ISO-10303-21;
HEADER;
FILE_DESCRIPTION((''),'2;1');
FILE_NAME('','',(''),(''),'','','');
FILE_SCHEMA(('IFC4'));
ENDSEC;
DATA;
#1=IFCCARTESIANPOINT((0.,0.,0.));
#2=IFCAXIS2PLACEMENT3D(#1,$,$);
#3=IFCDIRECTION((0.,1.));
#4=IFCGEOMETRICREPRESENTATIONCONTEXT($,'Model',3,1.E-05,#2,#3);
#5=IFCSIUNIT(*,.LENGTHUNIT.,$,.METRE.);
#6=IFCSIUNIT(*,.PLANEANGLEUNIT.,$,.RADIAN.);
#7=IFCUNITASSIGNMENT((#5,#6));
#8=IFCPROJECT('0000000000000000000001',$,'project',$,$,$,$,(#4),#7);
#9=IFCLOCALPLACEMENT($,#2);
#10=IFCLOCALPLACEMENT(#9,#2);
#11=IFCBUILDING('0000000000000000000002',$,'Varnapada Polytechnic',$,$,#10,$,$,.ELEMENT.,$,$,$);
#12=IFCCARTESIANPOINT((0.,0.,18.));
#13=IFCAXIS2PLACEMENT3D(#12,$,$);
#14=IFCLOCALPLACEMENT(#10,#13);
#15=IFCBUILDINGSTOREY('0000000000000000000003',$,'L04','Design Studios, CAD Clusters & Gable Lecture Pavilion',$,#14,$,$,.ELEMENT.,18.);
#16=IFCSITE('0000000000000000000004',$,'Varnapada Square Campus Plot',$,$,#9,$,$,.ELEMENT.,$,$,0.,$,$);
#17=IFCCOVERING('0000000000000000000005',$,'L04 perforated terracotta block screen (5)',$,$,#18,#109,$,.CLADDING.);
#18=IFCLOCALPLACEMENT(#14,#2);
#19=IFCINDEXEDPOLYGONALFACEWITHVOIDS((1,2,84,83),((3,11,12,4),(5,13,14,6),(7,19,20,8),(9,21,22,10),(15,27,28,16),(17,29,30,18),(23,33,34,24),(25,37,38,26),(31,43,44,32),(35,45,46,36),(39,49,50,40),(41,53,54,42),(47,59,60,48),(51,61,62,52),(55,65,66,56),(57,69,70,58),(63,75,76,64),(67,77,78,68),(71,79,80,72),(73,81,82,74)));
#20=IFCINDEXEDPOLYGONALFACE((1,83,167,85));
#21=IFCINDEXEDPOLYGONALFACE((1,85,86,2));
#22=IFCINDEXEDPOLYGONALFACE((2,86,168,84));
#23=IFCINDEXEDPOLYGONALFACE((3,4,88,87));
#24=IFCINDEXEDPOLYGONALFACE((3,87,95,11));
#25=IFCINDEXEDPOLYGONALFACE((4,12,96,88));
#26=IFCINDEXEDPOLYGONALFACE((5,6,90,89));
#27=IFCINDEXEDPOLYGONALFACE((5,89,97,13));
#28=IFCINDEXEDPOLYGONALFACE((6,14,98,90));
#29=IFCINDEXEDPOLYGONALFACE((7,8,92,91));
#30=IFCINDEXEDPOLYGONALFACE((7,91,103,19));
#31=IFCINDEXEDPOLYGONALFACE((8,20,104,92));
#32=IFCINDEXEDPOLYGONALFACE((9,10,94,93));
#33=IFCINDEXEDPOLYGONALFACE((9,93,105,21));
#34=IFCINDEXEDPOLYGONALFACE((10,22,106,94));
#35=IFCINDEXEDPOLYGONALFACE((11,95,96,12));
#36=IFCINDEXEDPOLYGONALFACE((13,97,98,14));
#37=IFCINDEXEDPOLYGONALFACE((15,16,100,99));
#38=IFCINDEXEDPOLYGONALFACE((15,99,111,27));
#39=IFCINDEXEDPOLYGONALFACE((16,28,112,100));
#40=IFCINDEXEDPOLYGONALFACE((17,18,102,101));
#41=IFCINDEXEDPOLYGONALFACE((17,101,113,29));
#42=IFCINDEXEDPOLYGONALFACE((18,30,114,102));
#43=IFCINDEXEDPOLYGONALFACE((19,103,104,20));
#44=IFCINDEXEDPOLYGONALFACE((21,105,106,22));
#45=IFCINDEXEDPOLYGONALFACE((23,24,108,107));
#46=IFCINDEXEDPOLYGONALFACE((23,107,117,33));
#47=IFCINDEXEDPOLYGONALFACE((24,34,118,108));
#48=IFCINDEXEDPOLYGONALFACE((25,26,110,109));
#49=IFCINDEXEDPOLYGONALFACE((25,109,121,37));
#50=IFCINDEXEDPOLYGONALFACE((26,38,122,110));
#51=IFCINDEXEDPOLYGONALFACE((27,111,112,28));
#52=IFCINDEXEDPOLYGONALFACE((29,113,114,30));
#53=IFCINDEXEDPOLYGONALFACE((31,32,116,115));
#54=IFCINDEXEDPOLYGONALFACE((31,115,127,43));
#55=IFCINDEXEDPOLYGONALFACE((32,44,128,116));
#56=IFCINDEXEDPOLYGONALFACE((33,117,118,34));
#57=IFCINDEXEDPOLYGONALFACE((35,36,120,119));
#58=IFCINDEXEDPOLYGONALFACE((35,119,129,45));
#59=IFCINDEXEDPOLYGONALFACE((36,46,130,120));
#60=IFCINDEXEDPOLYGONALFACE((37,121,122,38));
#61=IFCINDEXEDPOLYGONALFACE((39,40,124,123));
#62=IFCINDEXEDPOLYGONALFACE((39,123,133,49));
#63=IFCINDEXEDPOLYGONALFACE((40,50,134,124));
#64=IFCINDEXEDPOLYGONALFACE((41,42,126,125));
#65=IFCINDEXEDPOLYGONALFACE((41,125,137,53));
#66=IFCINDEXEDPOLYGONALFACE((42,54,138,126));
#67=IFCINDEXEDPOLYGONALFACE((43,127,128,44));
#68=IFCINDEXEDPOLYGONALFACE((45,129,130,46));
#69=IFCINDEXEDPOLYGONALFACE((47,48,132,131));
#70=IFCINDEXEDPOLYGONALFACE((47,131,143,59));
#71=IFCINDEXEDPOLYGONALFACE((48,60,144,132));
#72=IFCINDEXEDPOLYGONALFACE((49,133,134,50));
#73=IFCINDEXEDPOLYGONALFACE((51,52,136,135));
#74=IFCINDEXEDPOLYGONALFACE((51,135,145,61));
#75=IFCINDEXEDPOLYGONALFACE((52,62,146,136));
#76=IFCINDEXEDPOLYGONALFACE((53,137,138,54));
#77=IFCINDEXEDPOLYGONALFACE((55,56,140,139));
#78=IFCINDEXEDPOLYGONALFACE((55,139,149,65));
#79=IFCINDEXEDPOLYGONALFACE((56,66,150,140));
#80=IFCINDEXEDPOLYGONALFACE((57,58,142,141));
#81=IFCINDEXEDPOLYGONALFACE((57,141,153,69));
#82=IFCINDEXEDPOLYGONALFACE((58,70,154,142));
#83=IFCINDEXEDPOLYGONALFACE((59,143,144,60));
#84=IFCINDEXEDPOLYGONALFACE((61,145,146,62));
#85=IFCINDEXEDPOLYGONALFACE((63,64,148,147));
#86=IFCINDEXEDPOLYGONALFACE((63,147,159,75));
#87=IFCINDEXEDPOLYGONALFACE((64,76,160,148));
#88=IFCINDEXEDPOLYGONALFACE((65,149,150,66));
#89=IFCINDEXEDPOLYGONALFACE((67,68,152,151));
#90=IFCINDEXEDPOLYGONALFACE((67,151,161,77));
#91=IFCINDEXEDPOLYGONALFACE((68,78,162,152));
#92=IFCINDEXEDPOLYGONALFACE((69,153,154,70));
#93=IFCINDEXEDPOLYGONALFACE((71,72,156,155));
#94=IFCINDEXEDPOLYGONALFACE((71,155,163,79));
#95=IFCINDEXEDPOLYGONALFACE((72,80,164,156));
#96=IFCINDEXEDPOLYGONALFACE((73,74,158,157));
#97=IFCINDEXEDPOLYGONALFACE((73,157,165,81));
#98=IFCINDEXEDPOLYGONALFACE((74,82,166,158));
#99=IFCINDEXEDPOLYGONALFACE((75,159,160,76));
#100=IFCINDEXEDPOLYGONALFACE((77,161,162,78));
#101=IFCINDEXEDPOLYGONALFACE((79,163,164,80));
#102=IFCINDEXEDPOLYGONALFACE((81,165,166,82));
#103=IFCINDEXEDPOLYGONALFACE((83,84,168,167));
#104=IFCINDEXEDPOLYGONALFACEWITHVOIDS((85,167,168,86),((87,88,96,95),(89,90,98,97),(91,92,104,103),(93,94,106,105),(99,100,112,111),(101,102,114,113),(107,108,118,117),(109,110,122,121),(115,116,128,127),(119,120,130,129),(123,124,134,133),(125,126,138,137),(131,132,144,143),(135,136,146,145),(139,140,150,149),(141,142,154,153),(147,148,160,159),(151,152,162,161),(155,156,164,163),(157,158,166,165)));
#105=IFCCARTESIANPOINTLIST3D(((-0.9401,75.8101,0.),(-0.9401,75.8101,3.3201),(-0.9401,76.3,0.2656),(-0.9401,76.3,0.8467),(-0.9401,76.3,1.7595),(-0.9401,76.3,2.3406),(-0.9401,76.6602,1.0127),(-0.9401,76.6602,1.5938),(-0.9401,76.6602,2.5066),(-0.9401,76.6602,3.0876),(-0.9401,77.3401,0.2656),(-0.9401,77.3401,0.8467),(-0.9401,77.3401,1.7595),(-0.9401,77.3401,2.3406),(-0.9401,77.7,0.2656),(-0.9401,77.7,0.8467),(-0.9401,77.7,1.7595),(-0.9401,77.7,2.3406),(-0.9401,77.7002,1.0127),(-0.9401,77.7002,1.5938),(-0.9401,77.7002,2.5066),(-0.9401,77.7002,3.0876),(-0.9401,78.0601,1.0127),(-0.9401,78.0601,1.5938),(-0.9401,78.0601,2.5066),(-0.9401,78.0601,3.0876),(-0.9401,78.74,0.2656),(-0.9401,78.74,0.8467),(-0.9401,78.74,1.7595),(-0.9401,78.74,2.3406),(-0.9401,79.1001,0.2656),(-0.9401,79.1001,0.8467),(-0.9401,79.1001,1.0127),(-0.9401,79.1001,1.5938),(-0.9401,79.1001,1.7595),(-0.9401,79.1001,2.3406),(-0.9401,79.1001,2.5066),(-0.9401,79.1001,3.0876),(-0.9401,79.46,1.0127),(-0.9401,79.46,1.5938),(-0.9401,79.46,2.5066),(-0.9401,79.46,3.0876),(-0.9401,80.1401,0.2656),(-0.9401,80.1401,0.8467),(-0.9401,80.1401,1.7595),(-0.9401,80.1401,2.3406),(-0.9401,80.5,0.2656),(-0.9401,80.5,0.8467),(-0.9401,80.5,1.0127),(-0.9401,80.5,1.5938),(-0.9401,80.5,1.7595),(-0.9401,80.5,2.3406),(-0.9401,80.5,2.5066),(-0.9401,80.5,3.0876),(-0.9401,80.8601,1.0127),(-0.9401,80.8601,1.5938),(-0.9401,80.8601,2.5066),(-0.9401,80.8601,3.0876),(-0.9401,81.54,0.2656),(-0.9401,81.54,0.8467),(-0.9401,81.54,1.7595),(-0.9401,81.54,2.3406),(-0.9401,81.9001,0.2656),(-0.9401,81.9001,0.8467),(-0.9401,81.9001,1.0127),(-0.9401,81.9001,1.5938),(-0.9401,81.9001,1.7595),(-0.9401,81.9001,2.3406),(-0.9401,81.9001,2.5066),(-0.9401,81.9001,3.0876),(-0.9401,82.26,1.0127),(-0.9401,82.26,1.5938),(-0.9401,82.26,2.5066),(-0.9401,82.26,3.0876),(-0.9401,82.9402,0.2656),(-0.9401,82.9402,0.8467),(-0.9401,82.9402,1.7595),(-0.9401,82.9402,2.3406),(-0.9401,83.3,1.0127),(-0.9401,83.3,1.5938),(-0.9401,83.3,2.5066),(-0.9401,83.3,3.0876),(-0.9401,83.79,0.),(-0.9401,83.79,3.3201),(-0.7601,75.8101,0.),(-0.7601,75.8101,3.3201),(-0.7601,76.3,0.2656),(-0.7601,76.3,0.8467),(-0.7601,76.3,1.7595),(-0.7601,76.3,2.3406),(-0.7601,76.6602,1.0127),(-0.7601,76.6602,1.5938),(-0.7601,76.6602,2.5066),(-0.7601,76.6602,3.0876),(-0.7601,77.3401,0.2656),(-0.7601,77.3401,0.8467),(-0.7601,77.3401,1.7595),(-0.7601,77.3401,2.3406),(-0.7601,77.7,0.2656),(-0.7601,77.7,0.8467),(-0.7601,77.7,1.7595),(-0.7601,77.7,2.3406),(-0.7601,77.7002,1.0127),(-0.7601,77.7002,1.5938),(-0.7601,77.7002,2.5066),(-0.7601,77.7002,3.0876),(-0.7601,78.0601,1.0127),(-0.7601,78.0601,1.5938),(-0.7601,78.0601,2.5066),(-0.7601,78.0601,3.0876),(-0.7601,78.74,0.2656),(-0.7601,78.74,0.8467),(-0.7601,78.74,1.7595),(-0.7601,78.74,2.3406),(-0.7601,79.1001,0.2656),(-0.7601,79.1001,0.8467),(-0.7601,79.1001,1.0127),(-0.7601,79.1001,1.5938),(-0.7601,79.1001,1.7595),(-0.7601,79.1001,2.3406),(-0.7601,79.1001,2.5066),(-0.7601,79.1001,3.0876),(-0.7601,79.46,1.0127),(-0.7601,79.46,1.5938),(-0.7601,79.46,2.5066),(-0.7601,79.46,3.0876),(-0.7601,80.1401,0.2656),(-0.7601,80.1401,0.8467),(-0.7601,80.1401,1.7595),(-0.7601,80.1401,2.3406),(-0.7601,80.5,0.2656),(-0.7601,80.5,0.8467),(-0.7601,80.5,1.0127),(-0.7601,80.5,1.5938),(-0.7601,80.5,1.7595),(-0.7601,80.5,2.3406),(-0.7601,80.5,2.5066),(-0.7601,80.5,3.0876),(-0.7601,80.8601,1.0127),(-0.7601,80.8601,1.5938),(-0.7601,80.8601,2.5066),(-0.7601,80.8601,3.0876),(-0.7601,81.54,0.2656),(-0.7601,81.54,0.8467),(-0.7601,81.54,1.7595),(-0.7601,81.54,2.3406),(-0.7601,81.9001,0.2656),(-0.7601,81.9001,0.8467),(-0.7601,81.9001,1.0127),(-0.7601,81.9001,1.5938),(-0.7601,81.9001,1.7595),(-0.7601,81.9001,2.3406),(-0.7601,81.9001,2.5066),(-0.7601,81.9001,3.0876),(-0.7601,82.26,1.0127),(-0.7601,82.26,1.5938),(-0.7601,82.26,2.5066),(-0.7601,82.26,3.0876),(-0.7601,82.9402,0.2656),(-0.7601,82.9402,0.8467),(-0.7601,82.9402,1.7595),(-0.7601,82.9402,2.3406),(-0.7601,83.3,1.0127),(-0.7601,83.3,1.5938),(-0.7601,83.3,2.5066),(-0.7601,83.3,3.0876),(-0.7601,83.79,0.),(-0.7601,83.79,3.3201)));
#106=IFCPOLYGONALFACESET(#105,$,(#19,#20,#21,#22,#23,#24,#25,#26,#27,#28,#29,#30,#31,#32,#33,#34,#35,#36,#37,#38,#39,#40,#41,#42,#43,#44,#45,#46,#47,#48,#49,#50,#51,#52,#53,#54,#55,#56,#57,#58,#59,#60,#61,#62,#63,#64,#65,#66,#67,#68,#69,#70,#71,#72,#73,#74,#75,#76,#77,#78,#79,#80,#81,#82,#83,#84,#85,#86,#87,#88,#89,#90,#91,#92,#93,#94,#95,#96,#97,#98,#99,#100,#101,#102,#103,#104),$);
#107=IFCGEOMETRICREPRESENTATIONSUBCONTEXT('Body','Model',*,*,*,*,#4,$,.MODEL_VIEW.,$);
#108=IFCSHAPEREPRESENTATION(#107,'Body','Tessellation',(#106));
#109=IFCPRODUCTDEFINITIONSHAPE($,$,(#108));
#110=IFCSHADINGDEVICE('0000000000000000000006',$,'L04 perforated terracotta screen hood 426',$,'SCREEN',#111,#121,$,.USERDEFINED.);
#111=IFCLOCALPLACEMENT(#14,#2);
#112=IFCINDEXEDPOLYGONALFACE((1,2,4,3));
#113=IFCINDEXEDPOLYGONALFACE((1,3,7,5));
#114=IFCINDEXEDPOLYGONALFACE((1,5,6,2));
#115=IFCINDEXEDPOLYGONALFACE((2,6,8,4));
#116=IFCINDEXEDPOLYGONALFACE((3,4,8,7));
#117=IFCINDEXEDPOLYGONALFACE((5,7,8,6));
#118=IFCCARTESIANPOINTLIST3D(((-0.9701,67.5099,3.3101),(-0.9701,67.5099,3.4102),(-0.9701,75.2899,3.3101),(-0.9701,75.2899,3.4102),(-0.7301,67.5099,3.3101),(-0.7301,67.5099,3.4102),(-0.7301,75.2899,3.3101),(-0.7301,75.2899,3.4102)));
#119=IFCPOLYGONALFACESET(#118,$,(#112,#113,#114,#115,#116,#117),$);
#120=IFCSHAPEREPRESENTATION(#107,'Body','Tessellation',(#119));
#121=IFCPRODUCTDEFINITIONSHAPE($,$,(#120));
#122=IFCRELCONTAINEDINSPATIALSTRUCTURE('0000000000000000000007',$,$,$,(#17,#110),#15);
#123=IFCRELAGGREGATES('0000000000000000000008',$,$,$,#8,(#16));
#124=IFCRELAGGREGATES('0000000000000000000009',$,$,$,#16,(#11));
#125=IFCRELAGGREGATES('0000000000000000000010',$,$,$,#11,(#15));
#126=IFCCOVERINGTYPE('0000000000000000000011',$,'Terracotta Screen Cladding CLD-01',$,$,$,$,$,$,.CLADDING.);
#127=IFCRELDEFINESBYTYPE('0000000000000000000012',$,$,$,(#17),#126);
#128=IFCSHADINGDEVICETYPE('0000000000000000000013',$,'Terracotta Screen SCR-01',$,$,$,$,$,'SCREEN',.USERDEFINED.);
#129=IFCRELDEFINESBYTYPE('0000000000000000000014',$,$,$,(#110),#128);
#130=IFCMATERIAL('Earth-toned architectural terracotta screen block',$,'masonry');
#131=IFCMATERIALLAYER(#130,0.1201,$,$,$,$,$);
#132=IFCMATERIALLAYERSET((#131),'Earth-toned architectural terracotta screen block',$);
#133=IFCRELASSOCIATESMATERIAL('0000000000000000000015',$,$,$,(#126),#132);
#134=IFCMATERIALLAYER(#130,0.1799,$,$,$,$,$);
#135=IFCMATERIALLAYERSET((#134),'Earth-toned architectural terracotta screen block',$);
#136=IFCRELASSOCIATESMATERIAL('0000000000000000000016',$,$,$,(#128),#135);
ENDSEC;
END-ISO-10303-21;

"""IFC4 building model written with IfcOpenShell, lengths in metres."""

from ifc_helpers import new_model, si_unit, direction, frame, frame_2d, origin, origin_2d, place, context, subcontext, project, spatial, rectangle, extrude, material, layer, layer_set, type_object, element, save


model = new_model("IFC4")

# Units and contexts
model_context = context("Model", 3, precision=1e-05, world=origin(), true_north=direction((0.0, 1.0)))
body_context = subcontext(model_context, "Body", "Model", "MODEL_VIEW")
ifc_project = project(units=[si_unit("LENGTHUNIT", "METRE"), si_unit("PLANEANGLEUNIT", "RADIAN")], contexts=[model_context])

# Site, building, storey
site_placement = place(None, origin())
site = spatial("IfcSite", under=ifc_project, at=site_placement, Name="Varnapada Square Campus Plot", CompositionType="ELEMENT", RefElevation=0.0)
building_placement = place(site_placement, origin())
building = spatial("IfcBuilding", under=site, at=building_placement, Name="Varnapada Polytechnic", CompositionType="ELEMENT")
storey_placement = place(building_placement, frame((0.0, 0.0, 18.0)))
storey = spatial("IfcBuildingStorey", under=building, at=storey_placement, Name="L04", Description="Design Studios, CAD Clusters & Gable Lecture Pavilion", CompositionType="ELEMENT", Elevation=18.0)

# Covering, openings
ifc_material_1 = material(Name="Earth-toned architectural terracotta screen block", Category="masonry")
ifc_layer_1 = layer(ifc_material_1, 0.1201)
ifc_layer_set_1 = layer_set([ifc_layer_1], Name="Earth-toned architectural terracotta screen block")
covering_type = type_object("IfcCoveringType", Name="Terracotta Screen Cladding CLD-01", PredefinedType="CLADDING", material=ifc_layer_set_1)
covering_placement = place(storey_placement, frame((-0.8501, 75.8101, 0.0), z_axis=(0.0, 0.0, 1.0), x_axis=(0.0, 1.0, 0.0)))
covering = element("IfcCovering", 1, at=covering_placement, inside=storey, type_object=covering_type, Name="L04 perforated terracotta block screen (5)", PredefinedType="CLADDING", context=body_context, shape_type="SweptSolid", body=[
    extrude(rectangle(XDim=7.98, YDim=0.1799, at=frame_2d((3.99, 0.0))), origin(), (0.0, 0.0, 1.0), 3.3201),
])
opening_1_placement = place(covering_placement, frame((0.49, 0.0, 0.2656)))
element("IfcOpeningElement", 2, at=opening_1_placement, cuts=covering, PredefinedType="OPENING", context=body_context, shape_type="SweptSolid", body=[
    extrude(rectangle(XDim=1.04, YDim=0.5811, at=frame_2d((0.52, 0.2905))), frame((0.0, 0.0999, 0.0), z_axis=(0.0, -1.0, 0.0), x_axis=(1.0, 0.0, 0.0)), (0.0, 0.0, 1.0), 0.2),
])
opening_2_placement = place(covering_placement, frame((1.8899, 0.0, 0.2656)))
element("IfcOpeningElement", 3, at=opening_2_placement, cuts=covering, PredefinedType="OPENING", context=body_context, shape_type="SweptSolid", body=[
    extrude(rectangle(XDim=1.04, YDim=0.5811, at=frame_2d((0.52, 0.2905))), frame((0.0, 0.0999, 0.0), z_axis=(0.0, -1.0, 0.0), x_axis=(1.0, 0.0, 0.0)), (0.0, 0.0, 1.0), 0.2),
])
opening_3_placement = place(covering_placement, frame((3.29, 0.0, 0.2656)))
element("IfcOpeningElement", 4, at=opening_3_placement, cuts=covering, PredefinedType="OPENING", context=body_context, shape_type="SweptSolid", body=[
    extrude(rectangle(XDim=1.04, YDim=0.5811, at=frame_2d((0.52, 0.2905))), frame((0.0, 0.0999, 0.0), z_axis=(0.0, -1.0, 0.0), x_axis=(1.0, 0.0, 0.0)), (0.0, 0.0, 1.0), 0.2),
])
opening_4_placement = place(covering_placement, frame((4.6899, 0.0, 0.2656)))
element("IfcOpeningElement", 5, at=opening_4_placement, cuts=covering, PredefinedType="OPENING", context=body_context, shape_type="SweptSolid", body=[
    extrude(rectangle(XDim=1.04, YDim=0.5811, at=frame_2d((0.52, 0.2905))), frame((0.0, 0.0999, 0.0), z_axis=(0.0, -1.0, 0.0), x_axis=(1.0, 0.0, 0.0)), (0.0, 0.0, 1.0), 0.2),
])
opening_5_placement = place(covering_placement, frame((6.0901, 0.0, 0.2656)))
element("IfcOpeningElement", 6, at=opening_5_placement, cuts=covering, PredefinedType="OPENING", context=body_context, shape_type="SweptSolid", body=[
    extrude(rectangle(XDim=1.04, YDim=0.5811, at=frame_2d((0.52, 0.2905))), frame((0.0, 0.0999, 0.0), z_axis=(0.0, -1.0, 0.0), x_axis=(1.0, 0.0, 0.0)), (0.0, 0.0, 1.0), 0.2),
])
opening_6_placement = place(covering_placement, frame((0.8501, 0.0, 1.0127)))
element("IfcOpeningElement", 7, at=opening_6_placement, cuts=covering, PredefinedType="OPENING", context=body_context, shape_type="SweptSolid", body=[
    extrude(rectangle(XDim=1.04, YDim=0.5811, at=frame_2d((0.52, 0.2905))), frame((0.0, 0.0999, 0.0), z_axis=(0.0, -1.0, 0.0), x_axis=(1.0, 0.0, 0.0)), (0.0, 0.0, 1.0), 0.2),
])
opening_7_placement = place(covering_placement, frame((2.25, 0.0, 1.0127)))
element("IfcOpeningElement", 8, at=opening_7_placement, cuts=covering, PredefinedType="OPENING", context=body_context, shape_type="SweptSolid", body=[
    extrude(rectangle(XDim=1.04, YDim=0.5811, at=frame_2d((0.52, 0.2905))), frame((0.0, 0.0999, 0.0), z_axis=(0.0, -1.0, 0.0), x_axis=(1.0, 0.0, 0.0)), (0.0, 0.0, 1.0), 0.2),
])
opening_8_placement = place(covering_placement, frame((3.6499, 0.0, 1.0127)))
element("IfcOpeningElement", 9, at=opening_8_placement, cuts=covering, PredefinedType="OPENING", context=body_context, shape_type="SweptSolid", body=[
    extrude(rectangle(XDim=1.04, YDim=0.5811, at=frame_2d((0.52, 0.2905))), frame((0.0, 0.0999, 0.0), z_axis=(0.0, -1.0, 0.0), x_axis=(1.0, 0.0, 0.0)), (0.0, 0.0, 1.0), 0.2),
])
opening_9_placement = place(covering_placement, frame((5.05, 0.0, 1.0127)))
element("IfcOpeningElement", 10, at=opening_9_placement, cuts=covering, PredefinedType="OPENING", context=body_context, shape_type="SweptSolid", body=[
    extrude(rectangle(XDim=1.04, YDim=0.5811, at=frame_2d((0.52, 0.2905))), frame((0.0, 0.0999, 0.0), z_axis=(0.0, -1.0, 0.0), x_axis=(1.0, 0.0, 0.0)), (0.0, 0.0, 1.0), 0.2),
])
opening_10_placement = place(covering_placement, frame((6.45, 0.0, 1.0127)))
element("IfcOpeningElement", 11, at=opening_10_placement, cuts=covering, PredefinedType="OPENING", context=body_context, shape_type="SweptSolid", body=[
    extrude(rectangle(XDim=1.04, YDim=0.5811, at=frame_2d((0.52, 0.2905))), frame((0.0, 0.0999, 0.0), z_axis=(0.0, -1.0, 0.0), x_axis=(1.0, 0.0, 0.0)), (0.0, 0.0, 1.0), 0.2),
])
opening_11_placement = place(covering_placement, frame((0.49, 0.0, 1.7595)))
element("IfcOpeningElement", 12, at=opening_11_placement, cuts=covering, PredefinedType="OPENING", context=body_context, shape_type="SweptSolid", body=[
    extrude(rectangle(XDim=1.04, YDim=0.5811, at=frame_2d((0.52, 0.2905))), frame((0.0, 0.0999, 0.0), z_axis=(0.0, -1.0, 0.0), x_axis=(1.0, 0.0, 0.0)), (0.0, 0.0, 1.0), 0.2),
])
opening_12_placement = place(covering_placement, frame((1.8899, 0.0, 1.7595)))
element("IfcOpeningElement", 13, at=opening_12_placement, cuts=covering, PredefinedType="OPENING", context=body_context, shape_type="SweptSolid", body=[
    extrude(rectangle(XDim=1.04, YDim=0.5811, at=frame_2d((0.52, 0.2905))), frame((0.0, 0.0999, 0.0), z_axis=(0.0, -1.0, 0.0), x_axis=(1.0, 0.0, 0.0)), (0.0, 0.0, 1.0), 0.2),
])
opening_13_placement = place(covering_placement, frame((3.29, 0.0, 1.7595)))
element("IfcOpeningElement", 14, at=opening_13_placement, cuts=covering, PredefinedType="OPENING", context=body_context, shape_type="SweptSolid", body=[
    extrude(rectangle(XDim=1.04, YDim=0.5811, at=frame_2d((0.52, 0.2905))), frame((0.0, 0.0999, 0.0), z_axis=(0.0, -1.0, 0.0), x_axis=(1.0, 0.0, 0.0)), (0.0, 0.0, 1.0), 0.2),
])
opening_14_placement = place(covering_placement, frame((4.6899, 0.0, 1.7595)))
element("IfcOpeningElement", 15, at=opening_14_placement, cuts=covering, PredefinedType="OPENING", context=body_context, shape_type="SweptSolid", body=[
    extrude(rectangle(XDim=1.04, YDim=0.5811, at=frame_2d((0.52, 0.2905))), frame((0.0, 0.0999, 0.0), z_axis=(0.0, -1.0, 0.0), x_axis=(1.0, 0.0, 0.0)), (0.0, 0.0, 1.0), 0.2),
])
opening_15_placement = place(covering_placement, frame((6.0901, 0.0, 1.7595)))
element("IfcOpeningElement", 16, at=opening_15_placement, cuts=covering, PredefinedType="OPENING", context=body_context, shape_type="SweptSolid", body=[
    extrude(rectangle(XDim=1.04, YDim=0.5811, at=frame_2d((0.52, 0.2905))), frame((0.0, 0.0999, 0.0), z_axis=(0.0, -1.0, 0.0), x_axis=(1.0, 0.0, 0.0)), (0.0, 0.0, 1.0), 0.2),
])
opening_16_placement = place(covering_placement, frame((0.8501, 0.0, 2.5066)))
element("IfcOpeningElement", 17, at=opening_16_placement, cuts=covering, PredefinedType="OPENING", context=body_context, shape_type="SweptSolid", body=[
    extrude(rectangle(XDim=1.04, YDim=0.5811, at=frame_2d((0.52, 0.2905))), frame((0.0, 0.0999, 0.0), z_axis=(0.0, -1.0, 0.0), x_axis=(1.0, 0.0, 0.0)), (0.0, 0.0, 1.0), 0.2),
])
opening_17_placement = place(covering_placement, frame((2.25, 0.0, 2.5066)))
element("IfcOpeningElement", 18, at=opening_17_placement, cuts=covering, PredefinedType="OPENING", context=body_context, shape_type="SweptSolid", body=[
    extrude(rectangle(XDim=1.04, YDim=0.5811, at=frame_2d((0.52, 0.2905))), frame((0.0, 0.0999, 0.0), z_axis=(0.0, -1.0, 0.0), x_axis=(1.0, 0.0, 0.0)), (0.0, 0.0, 1.0), 0.2),
])
opening_18_placement = place(covering_placement, frame((3.6499, 0.0, 2.5066)))
element("IfcOpeningElement", 19, at=opening_18_placement, cuts=covering, PredefinedType="OPENING", context=body_context, shape_type="SweptSolid", body=[
    extrude(rectangle(XDim=1.04, YDim=0.5811, at=frame_2d((0.52, 0.2905))), frame((0.0, 0.0999, 0.0), z_axis=(0.0, -1.0, 0.0), x_axis=(1.0, 0.0, 0.0)), (0.0, 0.0, 1.0), 0.2),
])
opening_19_placement = place(covering_placement, frame((5.05, 0.0, 2.5066)))
element("IfcOpeningElement", 20, at=opening_19_placement, cuts=covering, PredefinedType="OPENING", context=body_context, shape_type="SweptSolid", body=[
    extrude(rectangle(XDim=1.04, YDim=0.5811, at=frame_2d((0.52, 0.2905))), frame((0.0, 0.0999, 0.0), z_axis=(0.0, -1.0, 0.0), x_axis=(1.0, 0.0, 0.0)), (0.0, 0.0, 1.0), 0.2),
])
opening_20_placement = place(covering_placement, frame((6.45, 0.0, 2.5066)))
element("IfcOpeningElement", 21, at=opening_20_placement, cuts=covering, PredefinedType="OPENING", context=body_context, shape_type="SweptSolid", body=[
    extrude(rectangle(XDim=1.04, YDim=0.5811, at=frame_2d((0.52, 0.2905))), frame((0.0, 0.0999, 0.0), z_axis=(0.0, -1.0, 0.0), x_axis=(1.0, 0.0, 0.0)), (0.0, 0.0, 1.0), 0.2),
])

# Shading device
ifc_layer_2 = layer(ifc_material_1, 0.1799)
ifc_layer_set_2 = layer_set([ifc_layer_2], Name="Earth-toned architectural terracotta screen block")
shading_device_type = type_object("IfcShadingDeviceType", Name="Terracotta Screen SCR-01", ElementType="SCREEN", PredefinedType="USERDEFINED", material=ifc_layer_set_2)
shading_device_placement = place(storey_placement, frame((-0.8501, 71.3999, 3.3101), z_axis=(0.0, 0.0, 1.0), x_axis=(0.0, 1.0, 0.0)))
element("IfcShadingDevice", 22, at=shading_device_placement, inside=storey, type_object=shading_device_type, Name="L04 perforated terracotta screen hood 426", ObjectType="SCREEN", PredefinedType="USERDEFINED", context=body_context, shape_type="SweptSolid", body=[
    extrude(rectangle(XDim=7.78, YDim=0.24, at=origin_2d()), origin(), (0.0, 0.0, 1.0), 0.1001),
])

save(model, "model.ifc")
